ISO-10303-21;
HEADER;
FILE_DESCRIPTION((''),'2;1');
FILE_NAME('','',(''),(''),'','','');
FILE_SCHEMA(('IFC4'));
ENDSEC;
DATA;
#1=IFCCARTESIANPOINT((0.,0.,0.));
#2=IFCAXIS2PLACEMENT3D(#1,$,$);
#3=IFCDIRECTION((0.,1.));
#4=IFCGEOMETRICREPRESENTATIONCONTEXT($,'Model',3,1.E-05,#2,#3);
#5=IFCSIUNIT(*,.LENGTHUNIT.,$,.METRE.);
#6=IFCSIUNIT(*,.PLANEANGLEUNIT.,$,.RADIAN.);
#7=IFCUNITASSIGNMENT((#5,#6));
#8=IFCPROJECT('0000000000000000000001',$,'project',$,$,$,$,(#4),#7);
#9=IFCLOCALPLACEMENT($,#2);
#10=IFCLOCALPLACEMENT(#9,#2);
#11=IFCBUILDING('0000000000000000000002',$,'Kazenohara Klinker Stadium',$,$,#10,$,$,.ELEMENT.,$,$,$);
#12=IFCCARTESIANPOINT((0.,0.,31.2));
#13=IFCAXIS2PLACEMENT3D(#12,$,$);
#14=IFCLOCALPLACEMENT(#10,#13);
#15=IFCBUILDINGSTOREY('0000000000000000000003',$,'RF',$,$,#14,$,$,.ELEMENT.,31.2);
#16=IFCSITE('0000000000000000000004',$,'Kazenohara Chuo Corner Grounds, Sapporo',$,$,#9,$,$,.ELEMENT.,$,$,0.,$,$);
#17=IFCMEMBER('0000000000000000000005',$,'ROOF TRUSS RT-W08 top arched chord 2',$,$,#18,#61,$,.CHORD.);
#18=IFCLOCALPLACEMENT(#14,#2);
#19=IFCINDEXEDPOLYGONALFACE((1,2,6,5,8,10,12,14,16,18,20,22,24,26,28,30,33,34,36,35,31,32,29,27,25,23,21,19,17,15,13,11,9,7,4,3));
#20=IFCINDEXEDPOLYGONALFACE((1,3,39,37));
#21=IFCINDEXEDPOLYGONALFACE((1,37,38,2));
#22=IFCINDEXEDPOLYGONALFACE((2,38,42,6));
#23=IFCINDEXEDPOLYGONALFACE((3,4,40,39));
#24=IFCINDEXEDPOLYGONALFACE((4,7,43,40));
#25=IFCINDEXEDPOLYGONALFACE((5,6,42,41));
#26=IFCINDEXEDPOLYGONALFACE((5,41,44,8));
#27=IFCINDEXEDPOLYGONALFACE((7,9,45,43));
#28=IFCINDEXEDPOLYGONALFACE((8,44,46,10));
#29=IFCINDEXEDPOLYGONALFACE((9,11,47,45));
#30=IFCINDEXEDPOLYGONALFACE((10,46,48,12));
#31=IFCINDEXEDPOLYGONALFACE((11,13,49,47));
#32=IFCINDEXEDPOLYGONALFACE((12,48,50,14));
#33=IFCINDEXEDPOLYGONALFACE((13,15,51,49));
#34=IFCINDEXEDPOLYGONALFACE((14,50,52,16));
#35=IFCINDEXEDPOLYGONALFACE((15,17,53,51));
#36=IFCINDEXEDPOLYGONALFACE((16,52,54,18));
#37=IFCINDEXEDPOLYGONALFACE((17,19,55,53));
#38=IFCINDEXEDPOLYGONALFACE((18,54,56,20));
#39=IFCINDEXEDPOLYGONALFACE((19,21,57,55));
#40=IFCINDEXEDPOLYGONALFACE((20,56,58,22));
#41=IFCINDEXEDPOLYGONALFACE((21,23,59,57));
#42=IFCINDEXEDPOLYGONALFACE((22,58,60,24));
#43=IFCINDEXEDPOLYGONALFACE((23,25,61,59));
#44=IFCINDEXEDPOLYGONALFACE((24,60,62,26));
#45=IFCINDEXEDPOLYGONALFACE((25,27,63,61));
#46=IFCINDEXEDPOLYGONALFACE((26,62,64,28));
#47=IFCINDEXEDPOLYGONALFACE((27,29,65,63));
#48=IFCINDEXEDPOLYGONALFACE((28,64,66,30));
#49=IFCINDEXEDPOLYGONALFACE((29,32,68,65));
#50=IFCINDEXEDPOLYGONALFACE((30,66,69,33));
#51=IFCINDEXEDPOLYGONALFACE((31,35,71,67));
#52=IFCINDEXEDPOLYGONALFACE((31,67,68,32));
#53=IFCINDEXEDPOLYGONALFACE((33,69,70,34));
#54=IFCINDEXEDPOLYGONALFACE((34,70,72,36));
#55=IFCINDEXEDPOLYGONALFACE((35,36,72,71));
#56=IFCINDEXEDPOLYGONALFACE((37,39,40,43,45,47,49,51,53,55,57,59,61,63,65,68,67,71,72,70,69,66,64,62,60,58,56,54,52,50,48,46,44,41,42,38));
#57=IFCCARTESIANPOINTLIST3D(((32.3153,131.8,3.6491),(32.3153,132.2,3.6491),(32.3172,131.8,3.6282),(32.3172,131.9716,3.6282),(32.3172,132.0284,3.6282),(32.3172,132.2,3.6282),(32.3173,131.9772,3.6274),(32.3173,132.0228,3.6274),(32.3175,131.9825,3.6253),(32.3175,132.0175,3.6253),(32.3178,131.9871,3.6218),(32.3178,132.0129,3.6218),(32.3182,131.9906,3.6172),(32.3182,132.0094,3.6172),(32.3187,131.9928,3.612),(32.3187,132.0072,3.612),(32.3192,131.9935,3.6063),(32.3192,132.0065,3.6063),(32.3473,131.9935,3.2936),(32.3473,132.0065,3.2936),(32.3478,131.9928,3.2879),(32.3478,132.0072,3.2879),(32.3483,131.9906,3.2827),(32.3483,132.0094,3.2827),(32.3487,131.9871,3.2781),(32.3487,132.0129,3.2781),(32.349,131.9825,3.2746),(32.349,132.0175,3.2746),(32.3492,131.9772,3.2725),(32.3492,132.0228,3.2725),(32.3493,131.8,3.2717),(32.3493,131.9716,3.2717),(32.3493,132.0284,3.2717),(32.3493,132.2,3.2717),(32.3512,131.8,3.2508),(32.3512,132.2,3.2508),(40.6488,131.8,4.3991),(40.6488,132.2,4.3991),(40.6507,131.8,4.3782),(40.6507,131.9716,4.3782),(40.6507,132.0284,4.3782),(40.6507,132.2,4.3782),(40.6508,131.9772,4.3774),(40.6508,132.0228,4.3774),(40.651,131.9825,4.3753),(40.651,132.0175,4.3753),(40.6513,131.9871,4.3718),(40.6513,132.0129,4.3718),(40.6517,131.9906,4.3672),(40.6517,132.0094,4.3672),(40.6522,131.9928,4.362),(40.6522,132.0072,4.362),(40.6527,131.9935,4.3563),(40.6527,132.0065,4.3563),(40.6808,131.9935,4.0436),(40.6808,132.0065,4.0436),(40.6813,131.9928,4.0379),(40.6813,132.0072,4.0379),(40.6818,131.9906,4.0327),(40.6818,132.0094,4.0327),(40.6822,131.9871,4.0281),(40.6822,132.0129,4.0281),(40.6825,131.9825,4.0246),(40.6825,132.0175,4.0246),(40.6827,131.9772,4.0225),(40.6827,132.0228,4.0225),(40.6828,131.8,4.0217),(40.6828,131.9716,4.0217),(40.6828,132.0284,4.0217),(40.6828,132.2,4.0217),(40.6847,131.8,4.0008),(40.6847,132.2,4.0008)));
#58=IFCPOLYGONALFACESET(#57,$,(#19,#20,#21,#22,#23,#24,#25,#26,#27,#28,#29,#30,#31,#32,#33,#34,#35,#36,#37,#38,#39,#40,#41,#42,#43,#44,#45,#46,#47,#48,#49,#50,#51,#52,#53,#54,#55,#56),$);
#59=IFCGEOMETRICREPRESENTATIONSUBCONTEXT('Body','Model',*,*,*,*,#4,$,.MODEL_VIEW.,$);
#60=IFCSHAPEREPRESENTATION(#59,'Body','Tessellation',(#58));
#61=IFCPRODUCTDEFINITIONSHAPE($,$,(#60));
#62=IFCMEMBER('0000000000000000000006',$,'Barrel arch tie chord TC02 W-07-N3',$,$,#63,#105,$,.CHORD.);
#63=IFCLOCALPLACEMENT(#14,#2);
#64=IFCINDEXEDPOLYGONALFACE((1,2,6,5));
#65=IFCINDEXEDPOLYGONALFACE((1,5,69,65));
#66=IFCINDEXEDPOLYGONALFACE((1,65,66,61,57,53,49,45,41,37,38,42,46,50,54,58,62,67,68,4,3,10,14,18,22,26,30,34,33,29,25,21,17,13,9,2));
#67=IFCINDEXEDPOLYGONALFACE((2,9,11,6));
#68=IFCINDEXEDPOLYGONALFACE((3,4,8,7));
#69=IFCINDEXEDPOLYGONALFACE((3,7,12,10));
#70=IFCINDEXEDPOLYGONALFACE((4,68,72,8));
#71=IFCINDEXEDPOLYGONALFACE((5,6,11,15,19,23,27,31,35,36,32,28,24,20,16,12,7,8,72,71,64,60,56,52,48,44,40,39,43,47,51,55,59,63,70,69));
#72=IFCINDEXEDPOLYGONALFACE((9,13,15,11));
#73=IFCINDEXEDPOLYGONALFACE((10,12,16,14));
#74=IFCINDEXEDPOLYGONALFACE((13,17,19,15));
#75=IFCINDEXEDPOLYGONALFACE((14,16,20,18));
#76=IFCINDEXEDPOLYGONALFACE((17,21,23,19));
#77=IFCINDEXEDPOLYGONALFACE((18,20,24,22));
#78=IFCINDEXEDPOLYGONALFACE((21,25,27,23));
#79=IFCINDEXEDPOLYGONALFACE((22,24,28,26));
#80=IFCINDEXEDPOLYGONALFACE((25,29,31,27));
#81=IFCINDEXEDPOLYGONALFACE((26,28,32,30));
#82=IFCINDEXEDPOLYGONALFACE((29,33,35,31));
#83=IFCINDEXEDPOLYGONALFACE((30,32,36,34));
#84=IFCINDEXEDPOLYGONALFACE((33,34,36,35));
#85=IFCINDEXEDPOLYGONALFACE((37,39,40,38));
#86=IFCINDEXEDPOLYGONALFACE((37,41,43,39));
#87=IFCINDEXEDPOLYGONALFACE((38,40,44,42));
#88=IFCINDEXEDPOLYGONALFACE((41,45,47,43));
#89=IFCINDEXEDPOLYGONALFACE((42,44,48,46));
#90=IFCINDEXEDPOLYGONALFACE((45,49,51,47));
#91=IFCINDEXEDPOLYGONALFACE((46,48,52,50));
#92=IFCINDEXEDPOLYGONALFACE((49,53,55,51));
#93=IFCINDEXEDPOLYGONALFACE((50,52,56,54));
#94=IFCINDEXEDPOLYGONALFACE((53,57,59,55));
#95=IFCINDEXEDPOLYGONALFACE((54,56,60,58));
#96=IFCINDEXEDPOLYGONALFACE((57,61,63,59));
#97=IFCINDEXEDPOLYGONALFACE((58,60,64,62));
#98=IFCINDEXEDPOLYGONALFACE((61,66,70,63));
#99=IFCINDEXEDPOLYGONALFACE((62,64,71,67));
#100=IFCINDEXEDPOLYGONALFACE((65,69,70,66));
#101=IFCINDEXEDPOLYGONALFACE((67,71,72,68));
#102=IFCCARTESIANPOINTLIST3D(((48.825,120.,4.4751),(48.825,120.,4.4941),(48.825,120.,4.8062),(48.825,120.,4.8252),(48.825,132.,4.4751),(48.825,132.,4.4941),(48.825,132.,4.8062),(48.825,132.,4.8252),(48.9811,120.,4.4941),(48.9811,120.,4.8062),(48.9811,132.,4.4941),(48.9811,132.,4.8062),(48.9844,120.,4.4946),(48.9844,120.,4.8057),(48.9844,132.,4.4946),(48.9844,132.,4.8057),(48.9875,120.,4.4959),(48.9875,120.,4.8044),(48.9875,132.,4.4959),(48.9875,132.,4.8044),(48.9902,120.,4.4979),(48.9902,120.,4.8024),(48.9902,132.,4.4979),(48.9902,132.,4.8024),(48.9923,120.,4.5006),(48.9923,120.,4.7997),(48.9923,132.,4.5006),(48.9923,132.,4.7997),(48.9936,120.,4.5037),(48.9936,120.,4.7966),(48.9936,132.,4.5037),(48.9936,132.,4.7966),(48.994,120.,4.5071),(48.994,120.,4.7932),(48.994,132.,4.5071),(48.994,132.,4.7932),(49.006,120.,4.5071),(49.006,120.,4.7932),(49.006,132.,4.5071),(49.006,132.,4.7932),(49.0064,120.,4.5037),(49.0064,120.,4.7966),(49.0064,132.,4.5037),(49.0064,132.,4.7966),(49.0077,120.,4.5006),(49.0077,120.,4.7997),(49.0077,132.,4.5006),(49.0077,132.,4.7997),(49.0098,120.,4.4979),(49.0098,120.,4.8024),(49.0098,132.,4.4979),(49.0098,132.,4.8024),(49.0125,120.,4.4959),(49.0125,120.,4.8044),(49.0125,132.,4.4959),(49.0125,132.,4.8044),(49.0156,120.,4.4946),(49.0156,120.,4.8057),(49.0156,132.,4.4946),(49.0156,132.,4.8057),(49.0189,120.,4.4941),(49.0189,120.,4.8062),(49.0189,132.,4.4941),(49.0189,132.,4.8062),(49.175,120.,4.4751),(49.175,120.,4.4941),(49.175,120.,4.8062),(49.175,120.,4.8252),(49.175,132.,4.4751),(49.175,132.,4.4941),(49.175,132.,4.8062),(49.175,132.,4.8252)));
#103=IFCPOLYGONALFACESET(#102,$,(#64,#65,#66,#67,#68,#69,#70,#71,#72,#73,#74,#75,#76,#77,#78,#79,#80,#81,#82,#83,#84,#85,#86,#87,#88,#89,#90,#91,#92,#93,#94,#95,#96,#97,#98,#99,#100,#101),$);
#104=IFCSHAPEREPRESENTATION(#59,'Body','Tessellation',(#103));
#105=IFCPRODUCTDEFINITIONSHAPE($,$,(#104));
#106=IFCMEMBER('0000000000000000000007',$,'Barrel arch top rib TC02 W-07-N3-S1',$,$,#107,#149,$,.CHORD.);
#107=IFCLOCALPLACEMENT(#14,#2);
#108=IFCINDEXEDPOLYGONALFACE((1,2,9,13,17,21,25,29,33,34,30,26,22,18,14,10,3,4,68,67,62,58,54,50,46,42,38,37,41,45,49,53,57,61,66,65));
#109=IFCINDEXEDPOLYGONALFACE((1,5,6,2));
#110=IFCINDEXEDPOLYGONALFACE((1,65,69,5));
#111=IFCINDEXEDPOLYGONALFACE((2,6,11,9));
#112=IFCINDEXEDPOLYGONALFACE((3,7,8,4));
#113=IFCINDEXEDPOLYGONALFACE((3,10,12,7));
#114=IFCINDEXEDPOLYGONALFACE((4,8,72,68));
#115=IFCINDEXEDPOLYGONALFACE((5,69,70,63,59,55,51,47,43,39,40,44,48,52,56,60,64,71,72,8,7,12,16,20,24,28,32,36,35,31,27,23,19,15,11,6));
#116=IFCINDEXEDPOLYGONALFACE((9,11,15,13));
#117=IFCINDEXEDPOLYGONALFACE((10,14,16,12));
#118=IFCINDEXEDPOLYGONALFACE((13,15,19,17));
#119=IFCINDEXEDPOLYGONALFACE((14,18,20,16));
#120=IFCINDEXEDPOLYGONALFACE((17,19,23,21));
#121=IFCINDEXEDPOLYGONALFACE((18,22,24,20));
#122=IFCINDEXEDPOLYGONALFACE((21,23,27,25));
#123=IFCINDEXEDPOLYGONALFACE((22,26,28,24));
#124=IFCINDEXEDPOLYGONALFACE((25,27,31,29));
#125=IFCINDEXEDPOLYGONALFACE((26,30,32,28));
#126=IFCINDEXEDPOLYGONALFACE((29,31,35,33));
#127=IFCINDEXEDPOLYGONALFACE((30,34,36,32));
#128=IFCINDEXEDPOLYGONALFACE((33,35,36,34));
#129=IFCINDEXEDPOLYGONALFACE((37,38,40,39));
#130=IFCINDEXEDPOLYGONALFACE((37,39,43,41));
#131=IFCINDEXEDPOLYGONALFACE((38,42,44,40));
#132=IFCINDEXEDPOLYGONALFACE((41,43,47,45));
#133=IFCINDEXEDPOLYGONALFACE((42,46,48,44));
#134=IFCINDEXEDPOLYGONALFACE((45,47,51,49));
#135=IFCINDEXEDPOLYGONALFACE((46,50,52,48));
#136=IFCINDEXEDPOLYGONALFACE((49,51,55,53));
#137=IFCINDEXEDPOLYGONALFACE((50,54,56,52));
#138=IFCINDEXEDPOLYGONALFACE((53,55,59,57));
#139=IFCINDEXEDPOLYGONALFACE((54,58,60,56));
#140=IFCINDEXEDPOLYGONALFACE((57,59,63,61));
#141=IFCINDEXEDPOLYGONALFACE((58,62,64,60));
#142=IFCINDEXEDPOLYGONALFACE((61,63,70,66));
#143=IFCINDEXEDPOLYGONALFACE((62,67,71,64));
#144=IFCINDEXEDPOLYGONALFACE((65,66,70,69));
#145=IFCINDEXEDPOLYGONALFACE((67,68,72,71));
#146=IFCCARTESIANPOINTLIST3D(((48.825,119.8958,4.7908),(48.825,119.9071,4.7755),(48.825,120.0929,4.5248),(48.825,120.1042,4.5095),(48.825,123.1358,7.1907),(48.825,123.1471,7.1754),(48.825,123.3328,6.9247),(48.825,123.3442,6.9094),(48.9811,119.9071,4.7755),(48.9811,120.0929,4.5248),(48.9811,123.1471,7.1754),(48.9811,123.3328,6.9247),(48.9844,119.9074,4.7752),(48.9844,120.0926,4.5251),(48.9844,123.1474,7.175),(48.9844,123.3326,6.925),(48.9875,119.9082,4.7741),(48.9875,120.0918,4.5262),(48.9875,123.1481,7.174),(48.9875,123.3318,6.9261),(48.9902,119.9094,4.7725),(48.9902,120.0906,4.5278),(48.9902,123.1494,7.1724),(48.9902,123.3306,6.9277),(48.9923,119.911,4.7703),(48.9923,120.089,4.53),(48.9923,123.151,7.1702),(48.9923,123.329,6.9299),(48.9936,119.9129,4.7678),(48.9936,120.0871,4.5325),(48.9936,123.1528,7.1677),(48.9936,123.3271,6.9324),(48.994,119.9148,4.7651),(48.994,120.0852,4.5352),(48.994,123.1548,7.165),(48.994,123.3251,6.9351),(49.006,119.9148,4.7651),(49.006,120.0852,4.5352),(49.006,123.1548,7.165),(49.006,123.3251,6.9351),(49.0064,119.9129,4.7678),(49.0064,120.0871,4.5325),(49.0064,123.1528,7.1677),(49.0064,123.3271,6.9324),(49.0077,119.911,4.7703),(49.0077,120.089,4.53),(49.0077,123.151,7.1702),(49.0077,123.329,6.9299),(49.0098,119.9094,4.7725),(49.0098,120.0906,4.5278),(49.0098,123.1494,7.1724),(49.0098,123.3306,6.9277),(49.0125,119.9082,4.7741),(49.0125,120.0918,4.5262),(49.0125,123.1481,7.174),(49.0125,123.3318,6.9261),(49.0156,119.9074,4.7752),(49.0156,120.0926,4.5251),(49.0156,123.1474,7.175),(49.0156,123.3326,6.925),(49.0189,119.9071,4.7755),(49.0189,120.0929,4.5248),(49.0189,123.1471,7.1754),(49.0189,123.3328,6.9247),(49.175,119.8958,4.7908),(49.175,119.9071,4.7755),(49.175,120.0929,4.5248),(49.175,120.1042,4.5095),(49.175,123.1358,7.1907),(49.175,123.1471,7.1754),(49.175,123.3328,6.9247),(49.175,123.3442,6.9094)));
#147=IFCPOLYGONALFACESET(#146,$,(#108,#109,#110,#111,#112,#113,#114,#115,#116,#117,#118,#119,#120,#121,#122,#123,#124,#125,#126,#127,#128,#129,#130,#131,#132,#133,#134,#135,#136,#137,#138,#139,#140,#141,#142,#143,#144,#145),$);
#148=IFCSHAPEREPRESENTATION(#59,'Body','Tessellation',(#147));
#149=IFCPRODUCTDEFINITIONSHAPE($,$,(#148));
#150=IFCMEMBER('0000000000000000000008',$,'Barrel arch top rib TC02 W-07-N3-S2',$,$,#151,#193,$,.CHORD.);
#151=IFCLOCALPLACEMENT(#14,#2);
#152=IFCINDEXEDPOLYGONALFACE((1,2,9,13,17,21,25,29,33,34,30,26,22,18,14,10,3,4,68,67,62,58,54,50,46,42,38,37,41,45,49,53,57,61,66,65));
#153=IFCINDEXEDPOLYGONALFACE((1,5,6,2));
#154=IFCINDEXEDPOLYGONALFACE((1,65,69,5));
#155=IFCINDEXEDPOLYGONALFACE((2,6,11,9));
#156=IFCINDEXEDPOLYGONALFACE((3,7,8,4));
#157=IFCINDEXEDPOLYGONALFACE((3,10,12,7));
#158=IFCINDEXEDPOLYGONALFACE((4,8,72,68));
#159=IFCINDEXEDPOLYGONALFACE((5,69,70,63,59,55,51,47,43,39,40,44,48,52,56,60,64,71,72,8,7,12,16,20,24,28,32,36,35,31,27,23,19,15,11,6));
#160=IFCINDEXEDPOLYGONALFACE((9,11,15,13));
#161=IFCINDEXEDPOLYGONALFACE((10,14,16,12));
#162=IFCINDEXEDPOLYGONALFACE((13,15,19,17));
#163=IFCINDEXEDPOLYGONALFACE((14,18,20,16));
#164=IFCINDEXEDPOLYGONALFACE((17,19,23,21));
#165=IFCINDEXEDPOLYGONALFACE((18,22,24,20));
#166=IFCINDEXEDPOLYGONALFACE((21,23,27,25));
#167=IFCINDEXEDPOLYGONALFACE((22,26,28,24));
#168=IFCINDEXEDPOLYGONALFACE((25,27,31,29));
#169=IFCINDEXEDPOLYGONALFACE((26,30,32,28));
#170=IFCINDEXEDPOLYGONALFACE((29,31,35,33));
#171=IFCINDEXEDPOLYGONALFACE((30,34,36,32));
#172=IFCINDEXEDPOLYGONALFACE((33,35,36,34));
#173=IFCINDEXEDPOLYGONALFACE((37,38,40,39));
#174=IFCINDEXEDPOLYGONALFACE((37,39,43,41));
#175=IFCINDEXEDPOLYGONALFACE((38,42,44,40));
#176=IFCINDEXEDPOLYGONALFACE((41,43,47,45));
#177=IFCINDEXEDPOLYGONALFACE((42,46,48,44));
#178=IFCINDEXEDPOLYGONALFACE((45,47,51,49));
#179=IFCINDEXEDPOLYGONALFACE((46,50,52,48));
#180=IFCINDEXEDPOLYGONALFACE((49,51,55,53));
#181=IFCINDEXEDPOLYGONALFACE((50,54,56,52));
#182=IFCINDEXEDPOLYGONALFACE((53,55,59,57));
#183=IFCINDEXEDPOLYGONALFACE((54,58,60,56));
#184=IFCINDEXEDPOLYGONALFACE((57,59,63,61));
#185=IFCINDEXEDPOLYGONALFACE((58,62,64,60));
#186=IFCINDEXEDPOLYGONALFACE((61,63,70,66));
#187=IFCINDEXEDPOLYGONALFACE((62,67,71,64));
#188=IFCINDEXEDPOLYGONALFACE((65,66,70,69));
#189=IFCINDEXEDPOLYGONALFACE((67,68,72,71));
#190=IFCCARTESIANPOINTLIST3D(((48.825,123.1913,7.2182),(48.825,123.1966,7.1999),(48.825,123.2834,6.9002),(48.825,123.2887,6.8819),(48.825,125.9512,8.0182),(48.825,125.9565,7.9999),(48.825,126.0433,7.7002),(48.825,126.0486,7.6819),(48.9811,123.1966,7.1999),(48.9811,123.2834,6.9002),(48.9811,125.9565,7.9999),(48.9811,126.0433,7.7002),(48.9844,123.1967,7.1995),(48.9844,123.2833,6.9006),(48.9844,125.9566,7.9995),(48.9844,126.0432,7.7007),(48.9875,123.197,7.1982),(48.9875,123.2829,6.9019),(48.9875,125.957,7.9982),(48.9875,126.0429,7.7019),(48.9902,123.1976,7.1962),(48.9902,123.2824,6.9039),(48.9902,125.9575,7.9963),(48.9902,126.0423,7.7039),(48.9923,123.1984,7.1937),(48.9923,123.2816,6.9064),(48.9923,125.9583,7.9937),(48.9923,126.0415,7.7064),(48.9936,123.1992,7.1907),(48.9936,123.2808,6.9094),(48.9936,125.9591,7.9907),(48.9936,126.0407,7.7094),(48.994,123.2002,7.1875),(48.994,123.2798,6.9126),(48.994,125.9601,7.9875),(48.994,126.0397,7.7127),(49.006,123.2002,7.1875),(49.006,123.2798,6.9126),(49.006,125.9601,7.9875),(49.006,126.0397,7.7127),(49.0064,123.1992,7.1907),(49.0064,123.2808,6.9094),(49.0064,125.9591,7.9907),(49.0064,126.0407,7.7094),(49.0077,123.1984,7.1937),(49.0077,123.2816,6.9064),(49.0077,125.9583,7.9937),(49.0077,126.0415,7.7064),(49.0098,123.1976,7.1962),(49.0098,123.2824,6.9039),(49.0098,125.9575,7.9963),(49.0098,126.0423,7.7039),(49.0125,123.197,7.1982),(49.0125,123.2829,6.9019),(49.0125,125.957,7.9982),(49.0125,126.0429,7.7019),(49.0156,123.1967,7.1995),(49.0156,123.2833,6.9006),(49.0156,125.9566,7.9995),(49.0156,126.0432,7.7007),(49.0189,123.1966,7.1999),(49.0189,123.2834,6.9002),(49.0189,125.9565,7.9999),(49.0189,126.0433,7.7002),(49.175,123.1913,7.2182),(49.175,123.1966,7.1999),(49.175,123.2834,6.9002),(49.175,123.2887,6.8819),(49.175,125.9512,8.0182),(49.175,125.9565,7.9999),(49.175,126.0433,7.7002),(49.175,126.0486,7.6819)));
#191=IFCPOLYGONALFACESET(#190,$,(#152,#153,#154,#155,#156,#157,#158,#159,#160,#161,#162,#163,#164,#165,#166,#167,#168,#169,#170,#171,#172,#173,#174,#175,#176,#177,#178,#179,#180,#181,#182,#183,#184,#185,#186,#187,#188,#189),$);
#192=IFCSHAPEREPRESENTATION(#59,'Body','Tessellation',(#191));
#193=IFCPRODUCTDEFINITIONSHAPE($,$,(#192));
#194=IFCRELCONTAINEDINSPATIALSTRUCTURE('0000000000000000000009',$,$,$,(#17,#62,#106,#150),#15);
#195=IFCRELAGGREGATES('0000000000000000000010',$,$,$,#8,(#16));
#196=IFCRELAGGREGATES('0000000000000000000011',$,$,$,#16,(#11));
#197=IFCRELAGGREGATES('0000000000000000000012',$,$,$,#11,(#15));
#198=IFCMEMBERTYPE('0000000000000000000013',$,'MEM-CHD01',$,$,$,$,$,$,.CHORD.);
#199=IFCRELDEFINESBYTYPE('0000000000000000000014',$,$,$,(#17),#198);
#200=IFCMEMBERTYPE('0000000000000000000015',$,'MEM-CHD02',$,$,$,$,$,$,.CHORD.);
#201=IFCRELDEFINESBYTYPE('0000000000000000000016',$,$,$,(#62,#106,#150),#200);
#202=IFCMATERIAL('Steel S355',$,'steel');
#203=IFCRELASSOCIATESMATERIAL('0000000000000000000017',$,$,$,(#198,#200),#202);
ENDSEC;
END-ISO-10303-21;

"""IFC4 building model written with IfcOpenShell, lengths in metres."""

from ifc_helpers import new_model, si_unit, direction, frame, origin, origin_2d, place, context, subcontext, project, spatial, i_section, extrude, material, material_profile, profile_set, type_object, element, save


model = new_model("IFC4")

# Units and contexts
model_context = context("Model", 3, precision=1e-05, world=origin(), true_north=direction((0.0, 1.0)))
body_context = subcontext(model_context, "Body", "Model", "MODEL_VIEW")
ifc_project = project(units=[si_unit("LENGTHUNIT", "METRE"), si_unit("PLANEANGLEUNIT", "RADIAN")], contexts=[model_context])

# Site, building, storey
site_placement = place(None, origin())
site = spatial("IfcSite", under=ifc_project, at=site_placement, Name="Kazenohara Chuo Corner Grounds, Sapporo", CompositionType="ELEMENT", RefElevation=0.0)
building_placement = place(site_placement, origin())
building = spatial("IfcBuilding", under=site, at=building_placement, Name="Kazenohara Klinker Stadium", CompositionType="ELEMENT")
storey_placement = place(building_placement, frame((0.0, 0.0, 31.2)))
storey = spatial("IfcBuildingStorey", under=building, at=storey_placement, Name="RF", CompositionType="ELEMENT", Elevation=31.2)

# Members
ifc_material_1 = material(Name="Steel S355", Category="steel")
ifc_material_profile_1 = material_profile(ifc_material_1, i_section(OverallWidth=0.3999, OverallDepth=0.3999, WebThickness=0.0129, FlangeThickness=0.021, FilletRadius=0.022, at=origin_2d()), Name="H-400x400x13x21")
ifc_profile_set_1 = profile_set([ifc_material_profile_1], Name="Steel S355")
member_type_1 = type_object("IfcMemberType", Name="MEM-CHD01", PredefinedType="CHORD", material=ifc_profile_set_1)
member_1_placement = place(storey_placement, frame((32.3333, 132.0, 3.45), z_axis=(0.995975, 0.0, 0.089636), x_axis=(0.0, 1.0, 0.0)))
element("IfcMember", 1, at=member_1_placement, inside=storey, type_object=member_type_1, Name="ROOF TRUSS RT-W08 top arched chord 2", PredefinedType="CHORD", context=body_context, shape_type="SweptSolid", body=[
    extrude(i_section(OverallWidth=0.3999, OverallDepth=0.3999, WebThickness=0.0129, FlangeThickness=0.021, FilletRadius=0.022, at=origin_2d()), origin(), (0.0, 0.0, 1.0), 8.3672),
])
ifc_material_profile_2 = material_profile(ifc_material_1, i_section(OverallWidth=0.3501, OverallDepth=0.3501, WebThickness=0.012, FlangeThickness=0.019, FilletRadius=0.0129, at=origin_2d()), Name="H-350x350x12x19")
ifc_profile_set_2 = profile_set([ifc_material_profile_2], Name="Steel S355")
member_type_2 = type_object("IfcMemberType", Name="MEM-CHD02", PredefinedType="CHORD", material=ifc_profile_set_2)
member_2_placement = place(storey_placement, frame((49.0, 120.0, 4.6501), z_axis=(0.0, 1.0, 0.0), x_axis=(-1.0, 0.0, 0.0)))
element("IfcMember", 2, at=member_2_placement, inside=storey, type_object=member_type_2, Name="Barrel arch tie chord TC02 W-07-N3", PredefinedType="CHORD", context=body_context, shape_type="SweptSolid", body=[
    extrude(i_section(OverallWidth=0.3501, OverallDepth=0.3501, WebThickness=0.012, FlangeThickness=0.019, FilletRadius=0.0129, at=origin_2d()), origin(), (0.0, 0.0, 1.0), 12.0),
])
member_3_placement = place(storey_placement, frame((49.0, 120.0, 4.6501), z_axis=(0.0, 0.803568, 0.595213), x_axis=(-1.0, 0.0, 0.0)))
element("IfcMember", 3, at=member_3_placement, inside=storey, type_object=member_type_2, Name="Barrel arch top rib TC02 W-07-N3-S1", PredefinedType="CHORD", context=body_context, shape_type="SweptSolid", body=[
    extrude(i_section(OverallWidth=0.3501, OverallDepth=0.3501, WebThickness=0.012, FlangeThickness=0.019, FilletRadius=0.0129, at=origin_2d()), origin(), (0.0, 0.0, 1.0), 4.032),
])
for number, where, z_axis, x_axis, name in (
    (4, (49.0, 123.24, 7.05), (0.0, 0.960462, 0.278411), (-1.0, 0.0, 0.0), "Barrel arch top rib TC02 W-07-N3-S2"),
):
    element("IfcMember", number, at=place(storey_placement, frame(where, z_axis=z_axis, x_axis=x_axis)), inside=storey, type_object=member_type_2, Name=name, PredefinedType="CHORD", context=body_context, shape_type="SweptSolid", body=[
        extrude(i_section(OverallWidth=0.3501, OverallDepth=0.3501, WebThickness=0.012, FlangeThickness=0.019, FilletRadius=0.0129, at=origin_2d()), origin(), (0.0, 0.0, 1.0), 2.8735),
    ])

save(model, "model.ifc")
